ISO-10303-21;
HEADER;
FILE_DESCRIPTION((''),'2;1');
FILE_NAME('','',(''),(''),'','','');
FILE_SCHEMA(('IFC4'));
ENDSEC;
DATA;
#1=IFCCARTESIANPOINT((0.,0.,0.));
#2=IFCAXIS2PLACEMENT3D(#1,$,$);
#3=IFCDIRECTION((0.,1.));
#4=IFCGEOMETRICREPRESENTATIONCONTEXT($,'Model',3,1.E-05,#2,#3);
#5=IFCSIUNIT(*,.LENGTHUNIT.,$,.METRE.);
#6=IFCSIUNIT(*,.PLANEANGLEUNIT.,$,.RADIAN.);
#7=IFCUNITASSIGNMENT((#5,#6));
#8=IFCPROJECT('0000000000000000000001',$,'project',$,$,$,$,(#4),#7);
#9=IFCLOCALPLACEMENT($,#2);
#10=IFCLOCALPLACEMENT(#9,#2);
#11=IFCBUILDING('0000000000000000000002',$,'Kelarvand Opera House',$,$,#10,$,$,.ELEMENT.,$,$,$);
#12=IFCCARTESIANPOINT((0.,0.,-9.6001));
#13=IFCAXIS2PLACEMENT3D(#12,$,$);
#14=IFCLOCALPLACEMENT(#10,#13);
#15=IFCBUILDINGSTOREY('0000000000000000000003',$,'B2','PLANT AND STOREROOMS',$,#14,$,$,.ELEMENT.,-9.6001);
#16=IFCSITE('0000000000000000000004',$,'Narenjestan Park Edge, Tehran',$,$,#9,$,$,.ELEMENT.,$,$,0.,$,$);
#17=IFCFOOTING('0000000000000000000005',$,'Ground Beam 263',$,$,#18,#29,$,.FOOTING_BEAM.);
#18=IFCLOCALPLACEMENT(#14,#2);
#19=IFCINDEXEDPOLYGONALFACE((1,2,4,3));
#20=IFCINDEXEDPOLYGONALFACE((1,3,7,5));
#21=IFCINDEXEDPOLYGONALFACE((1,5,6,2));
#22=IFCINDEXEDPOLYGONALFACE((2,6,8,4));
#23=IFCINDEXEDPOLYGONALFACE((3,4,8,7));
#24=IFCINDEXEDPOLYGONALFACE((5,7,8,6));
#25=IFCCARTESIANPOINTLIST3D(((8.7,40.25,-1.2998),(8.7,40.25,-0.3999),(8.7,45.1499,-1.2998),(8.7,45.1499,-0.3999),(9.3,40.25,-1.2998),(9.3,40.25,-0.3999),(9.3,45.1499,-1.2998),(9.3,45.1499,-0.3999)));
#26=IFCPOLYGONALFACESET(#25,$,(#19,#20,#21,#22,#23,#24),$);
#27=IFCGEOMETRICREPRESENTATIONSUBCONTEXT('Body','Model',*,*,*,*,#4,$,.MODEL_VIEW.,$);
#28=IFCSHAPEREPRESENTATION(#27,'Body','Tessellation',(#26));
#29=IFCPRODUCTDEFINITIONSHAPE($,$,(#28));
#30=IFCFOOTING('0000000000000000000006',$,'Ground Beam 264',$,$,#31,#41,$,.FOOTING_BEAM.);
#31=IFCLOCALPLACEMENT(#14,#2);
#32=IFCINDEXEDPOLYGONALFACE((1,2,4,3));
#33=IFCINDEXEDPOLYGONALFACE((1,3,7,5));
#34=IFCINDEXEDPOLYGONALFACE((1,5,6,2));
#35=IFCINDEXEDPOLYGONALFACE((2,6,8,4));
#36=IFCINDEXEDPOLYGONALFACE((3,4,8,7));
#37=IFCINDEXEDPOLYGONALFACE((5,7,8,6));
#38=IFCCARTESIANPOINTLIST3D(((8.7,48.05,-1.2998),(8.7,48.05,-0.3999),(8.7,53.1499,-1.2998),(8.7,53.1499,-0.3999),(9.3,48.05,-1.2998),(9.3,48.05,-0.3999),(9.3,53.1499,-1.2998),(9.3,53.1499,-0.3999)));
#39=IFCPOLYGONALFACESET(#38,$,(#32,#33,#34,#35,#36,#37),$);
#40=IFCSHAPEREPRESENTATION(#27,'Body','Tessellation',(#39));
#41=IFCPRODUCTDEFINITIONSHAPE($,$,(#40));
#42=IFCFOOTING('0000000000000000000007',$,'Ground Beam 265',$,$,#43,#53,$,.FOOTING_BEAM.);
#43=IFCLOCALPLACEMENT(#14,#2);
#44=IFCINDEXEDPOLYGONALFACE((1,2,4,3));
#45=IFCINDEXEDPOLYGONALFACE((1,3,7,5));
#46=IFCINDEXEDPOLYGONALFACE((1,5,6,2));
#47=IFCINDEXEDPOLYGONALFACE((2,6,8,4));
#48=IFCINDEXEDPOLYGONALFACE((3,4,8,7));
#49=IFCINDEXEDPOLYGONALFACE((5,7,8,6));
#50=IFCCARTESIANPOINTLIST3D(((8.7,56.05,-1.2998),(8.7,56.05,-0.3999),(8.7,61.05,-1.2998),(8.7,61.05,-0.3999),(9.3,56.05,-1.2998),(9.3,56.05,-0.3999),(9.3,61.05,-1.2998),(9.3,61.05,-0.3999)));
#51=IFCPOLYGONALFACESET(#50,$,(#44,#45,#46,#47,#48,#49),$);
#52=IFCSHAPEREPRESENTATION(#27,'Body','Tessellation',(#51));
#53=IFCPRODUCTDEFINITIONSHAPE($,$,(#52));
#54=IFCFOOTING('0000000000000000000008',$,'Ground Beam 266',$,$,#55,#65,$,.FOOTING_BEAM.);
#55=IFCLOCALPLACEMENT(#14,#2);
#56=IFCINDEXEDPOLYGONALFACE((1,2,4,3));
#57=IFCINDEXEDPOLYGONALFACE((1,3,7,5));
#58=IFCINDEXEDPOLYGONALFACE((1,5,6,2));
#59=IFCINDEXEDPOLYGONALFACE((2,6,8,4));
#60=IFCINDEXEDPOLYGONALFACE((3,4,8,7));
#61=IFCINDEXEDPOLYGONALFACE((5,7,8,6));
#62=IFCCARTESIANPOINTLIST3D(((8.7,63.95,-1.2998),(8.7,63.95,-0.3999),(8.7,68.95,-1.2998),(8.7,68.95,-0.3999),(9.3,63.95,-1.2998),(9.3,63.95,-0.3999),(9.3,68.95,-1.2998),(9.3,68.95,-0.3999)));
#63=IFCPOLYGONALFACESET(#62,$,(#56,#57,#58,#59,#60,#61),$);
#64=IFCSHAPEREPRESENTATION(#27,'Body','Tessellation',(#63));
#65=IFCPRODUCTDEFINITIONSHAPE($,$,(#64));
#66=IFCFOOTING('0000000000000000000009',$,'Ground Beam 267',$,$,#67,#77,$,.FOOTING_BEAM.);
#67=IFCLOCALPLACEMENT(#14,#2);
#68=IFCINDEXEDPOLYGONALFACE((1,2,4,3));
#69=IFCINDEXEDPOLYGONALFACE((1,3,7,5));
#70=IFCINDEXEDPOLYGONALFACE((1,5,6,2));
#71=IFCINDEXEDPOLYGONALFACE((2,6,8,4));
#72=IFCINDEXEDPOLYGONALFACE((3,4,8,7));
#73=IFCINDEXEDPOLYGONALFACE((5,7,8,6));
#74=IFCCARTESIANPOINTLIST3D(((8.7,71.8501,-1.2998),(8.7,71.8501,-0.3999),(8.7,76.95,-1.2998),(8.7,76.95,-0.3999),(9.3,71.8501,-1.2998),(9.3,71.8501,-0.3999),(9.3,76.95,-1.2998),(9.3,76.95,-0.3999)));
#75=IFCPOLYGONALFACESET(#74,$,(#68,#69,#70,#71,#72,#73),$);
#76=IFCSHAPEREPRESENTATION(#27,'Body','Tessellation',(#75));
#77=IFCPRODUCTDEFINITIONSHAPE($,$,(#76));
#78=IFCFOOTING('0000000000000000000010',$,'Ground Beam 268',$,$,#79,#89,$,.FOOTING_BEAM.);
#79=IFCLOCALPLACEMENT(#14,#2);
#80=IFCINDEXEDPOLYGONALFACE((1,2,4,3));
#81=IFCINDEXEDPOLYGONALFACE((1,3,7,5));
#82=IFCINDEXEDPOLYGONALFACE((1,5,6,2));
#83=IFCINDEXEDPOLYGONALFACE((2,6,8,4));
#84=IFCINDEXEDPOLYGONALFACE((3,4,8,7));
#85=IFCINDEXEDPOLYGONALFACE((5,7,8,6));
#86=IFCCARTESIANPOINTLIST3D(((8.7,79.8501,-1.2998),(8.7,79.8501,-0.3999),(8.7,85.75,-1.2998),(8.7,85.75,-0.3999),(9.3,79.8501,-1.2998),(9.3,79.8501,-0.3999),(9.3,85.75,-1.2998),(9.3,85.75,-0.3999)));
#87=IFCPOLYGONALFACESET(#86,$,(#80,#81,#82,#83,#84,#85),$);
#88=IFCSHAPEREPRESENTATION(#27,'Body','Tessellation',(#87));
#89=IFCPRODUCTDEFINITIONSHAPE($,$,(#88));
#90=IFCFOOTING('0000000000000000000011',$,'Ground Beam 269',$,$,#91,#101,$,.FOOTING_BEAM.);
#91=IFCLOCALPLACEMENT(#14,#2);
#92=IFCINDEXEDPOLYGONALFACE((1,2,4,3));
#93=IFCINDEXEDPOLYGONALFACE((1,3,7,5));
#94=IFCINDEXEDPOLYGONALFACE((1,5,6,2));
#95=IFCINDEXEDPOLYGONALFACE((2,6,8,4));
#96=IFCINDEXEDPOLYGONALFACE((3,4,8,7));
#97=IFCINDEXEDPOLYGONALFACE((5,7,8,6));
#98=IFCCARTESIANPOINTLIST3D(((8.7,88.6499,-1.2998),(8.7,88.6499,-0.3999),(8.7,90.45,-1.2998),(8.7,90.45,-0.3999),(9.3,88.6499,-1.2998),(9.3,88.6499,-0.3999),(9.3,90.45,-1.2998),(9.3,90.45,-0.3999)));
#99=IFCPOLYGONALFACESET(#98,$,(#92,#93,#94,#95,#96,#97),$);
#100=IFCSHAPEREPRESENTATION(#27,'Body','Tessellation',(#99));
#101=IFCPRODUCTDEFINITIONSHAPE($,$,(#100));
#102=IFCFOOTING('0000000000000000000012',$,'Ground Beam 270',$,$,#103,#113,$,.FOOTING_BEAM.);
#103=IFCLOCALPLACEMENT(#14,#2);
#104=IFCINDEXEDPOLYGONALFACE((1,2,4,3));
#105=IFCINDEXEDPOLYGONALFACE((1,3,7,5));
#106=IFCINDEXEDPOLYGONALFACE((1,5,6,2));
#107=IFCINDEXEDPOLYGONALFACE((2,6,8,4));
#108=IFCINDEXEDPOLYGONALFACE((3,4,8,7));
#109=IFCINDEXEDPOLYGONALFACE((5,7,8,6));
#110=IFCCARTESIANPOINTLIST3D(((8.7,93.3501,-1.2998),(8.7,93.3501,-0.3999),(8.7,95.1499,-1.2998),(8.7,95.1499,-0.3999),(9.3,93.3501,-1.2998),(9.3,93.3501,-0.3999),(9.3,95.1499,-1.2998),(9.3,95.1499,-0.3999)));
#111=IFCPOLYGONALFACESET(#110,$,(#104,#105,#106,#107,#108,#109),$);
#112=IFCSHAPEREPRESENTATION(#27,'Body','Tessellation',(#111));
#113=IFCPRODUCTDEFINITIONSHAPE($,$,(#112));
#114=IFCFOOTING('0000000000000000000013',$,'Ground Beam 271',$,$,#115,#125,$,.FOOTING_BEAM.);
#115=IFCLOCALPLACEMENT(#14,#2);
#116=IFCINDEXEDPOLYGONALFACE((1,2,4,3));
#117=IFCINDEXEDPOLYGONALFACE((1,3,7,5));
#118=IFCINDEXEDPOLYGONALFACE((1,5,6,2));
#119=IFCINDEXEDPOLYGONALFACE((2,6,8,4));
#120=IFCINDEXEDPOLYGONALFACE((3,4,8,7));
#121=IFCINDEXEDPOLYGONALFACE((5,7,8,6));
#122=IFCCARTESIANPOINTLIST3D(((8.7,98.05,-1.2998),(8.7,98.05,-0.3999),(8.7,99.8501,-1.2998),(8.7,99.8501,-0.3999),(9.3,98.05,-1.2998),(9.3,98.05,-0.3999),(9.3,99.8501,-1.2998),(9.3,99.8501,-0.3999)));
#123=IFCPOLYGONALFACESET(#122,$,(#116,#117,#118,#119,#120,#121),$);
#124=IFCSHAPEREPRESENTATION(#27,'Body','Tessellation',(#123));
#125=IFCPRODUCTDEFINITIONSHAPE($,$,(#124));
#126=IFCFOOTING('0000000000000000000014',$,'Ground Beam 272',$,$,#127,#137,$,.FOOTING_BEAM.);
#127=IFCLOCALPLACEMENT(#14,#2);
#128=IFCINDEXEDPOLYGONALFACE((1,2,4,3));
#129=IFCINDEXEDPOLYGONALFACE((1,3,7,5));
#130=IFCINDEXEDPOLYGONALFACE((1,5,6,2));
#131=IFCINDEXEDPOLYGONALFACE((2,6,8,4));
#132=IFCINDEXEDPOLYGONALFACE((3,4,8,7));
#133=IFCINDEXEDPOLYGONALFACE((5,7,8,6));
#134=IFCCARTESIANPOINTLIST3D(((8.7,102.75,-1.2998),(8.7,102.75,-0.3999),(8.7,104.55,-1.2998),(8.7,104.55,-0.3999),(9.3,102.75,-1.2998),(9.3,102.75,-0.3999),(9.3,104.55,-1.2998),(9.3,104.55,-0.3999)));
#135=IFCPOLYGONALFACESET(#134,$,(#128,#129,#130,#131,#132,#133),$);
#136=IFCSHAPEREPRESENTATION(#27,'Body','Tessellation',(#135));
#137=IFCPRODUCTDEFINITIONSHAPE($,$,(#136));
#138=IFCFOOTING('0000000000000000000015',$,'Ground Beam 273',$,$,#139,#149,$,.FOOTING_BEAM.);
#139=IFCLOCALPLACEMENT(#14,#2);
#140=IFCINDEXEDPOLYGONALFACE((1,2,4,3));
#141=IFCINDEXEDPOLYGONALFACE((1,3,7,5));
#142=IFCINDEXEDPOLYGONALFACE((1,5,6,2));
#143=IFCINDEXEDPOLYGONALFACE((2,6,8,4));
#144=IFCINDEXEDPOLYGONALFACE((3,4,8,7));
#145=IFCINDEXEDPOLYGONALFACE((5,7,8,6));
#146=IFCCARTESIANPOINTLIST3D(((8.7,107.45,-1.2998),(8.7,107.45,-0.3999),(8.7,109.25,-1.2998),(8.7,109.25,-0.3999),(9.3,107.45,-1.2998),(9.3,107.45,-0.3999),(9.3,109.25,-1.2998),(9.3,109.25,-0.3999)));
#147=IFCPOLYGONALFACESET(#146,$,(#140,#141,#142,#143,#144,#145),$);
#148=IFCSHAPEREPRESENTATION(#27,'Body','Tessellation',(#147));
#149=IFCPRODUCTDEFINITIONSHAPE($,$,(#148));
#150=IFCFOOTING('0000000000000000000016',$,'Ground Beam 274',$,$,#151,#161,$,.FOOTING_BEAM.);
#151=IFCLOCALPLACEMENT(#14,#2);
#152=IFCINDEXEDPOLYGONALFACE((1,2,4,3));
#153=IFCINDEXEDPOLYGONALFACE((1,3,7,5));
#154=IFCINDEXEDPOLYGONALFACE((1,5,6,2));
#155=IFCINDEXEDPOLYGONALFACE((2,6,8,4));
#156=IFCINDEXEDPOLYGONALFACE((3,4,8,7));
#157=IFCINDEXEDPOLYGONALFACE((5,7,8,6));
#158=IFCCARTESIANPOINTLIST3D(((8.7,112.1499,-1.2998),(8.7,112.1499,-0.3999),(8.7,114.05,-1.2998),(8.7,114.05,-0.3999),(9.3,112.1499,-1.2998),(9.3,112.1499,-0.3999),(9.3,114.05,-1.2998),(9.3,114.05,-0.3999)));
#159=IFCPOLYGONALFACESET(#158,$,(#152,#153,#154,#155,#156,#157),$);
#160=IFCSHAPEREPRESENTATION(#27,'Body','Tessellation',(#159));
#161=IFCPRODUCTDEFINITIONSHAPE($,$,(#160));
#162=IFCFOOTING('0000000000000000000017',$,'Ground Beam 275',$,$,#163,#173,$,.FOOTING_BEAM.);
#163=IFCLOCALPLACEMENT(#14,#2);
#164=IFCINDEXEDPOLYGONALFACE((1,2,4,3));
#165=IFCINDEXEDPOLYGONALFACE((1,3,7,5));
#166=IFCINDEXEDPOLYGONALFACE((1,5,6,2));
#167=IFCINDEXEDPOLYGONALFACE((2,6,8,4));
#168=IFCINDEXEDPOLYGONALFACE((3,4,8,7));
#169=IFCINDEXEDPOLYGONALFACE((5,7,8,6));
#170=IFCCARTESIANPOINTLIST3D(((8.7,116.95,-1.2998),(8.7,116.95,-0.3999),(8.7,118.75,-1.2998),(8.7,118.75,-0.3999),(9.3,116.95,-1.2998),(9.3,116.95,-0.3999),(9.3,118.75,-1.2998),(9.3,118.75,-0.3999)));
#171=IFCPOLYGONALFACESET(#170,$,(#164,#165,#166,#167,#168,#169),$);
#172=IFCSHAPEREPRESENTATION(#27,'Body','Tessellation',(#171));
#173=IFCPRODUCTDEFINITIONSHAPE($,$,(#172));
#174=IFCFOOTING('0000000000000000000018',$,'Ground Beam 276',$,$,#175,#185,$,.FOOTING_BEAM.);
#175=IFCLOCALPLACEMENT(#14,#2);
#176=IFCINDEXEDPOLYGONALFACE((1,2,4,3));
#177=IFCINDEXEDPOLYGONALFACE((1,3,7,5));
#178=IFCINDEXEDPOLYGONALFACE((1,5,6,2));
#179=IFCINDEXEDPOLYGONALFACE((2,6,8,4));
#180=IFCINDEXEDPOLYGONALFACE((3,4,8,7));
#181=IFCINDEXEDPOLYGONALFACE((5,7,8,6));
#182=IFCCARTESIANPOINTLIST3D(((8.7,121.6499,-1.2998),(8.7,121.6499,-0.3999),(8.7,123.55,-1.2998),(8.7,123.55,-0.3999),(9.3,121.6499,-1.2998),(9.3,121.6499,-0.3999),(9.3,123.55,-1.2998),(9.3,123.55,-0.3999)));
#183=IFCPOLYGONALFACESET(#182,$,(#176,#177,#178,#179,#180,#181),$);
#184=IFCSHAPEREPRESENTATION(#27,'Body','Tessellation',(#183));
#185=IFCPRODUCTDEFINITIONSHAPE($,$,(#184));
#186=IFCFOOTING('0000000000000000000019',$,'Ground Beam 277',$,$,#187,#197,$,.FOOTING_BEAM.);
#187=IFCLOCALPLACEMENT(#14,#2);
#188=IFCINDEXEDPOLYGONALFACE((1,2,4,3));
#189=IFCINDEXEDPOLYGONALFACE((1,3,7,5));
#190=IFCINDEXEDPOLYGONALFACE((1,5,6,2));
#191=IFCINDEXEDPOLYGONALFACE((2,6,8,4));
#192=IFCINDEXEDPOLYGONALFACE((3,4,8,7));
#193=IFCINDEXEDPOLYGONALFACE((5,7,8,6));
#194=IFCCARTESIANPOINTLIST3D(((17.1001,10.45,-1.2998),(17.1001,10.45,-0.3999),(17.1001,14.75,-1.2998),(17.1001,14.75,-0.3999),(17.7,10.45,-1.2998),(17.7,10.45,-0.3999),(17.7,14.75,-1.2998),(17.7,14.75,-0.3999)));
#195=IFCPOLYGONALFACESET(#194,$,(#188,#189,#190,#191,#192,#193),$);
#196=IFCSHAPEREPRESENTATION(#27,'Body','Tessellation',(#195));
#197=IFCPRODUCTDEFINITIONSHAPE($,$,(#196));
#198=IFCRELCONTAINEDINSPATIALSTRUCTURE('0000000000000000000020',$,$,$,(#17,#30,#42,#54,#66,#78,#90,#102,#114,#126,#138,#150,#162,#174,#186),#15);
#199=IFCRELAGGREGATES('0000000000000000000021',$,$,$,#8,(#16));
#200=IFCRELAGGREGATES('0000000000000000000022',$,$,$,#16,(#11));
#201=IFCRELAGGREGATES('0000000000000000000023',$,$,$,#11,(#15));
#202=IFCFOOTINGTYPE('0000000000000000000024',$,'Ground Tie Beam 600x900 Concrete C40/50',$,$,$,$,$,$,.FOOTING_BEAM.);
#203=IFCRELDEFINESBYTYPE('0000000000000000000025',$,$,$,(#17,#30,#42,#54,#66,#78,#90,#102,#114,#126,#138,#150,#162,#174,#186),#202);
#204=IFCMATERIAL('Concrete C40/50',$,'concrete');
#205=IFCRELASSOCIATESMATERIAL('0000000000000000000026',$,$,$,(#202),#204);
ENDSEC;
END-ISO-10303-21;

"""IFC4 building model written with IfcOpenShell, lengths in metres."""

from ifc_helpers import new_model, si_unit, direction, frame, origin, place, context, subcontext, project, spatial, polyline, outline, extrude, material, type_object, element, save


model = new_model("IFC4")

# Units and contexts
model_context = context("Model", 3, precision=1e-05, world=origin(), true_north=direction((0.0, 1.0)))
body_context = subcontext(model_context, "Body", "Model", "MODEL_VIEW")
ifc_project = project(units=[si_unit("LENGTHUNIT", "METRE"), si_unit("PLANEANGLEUNIT", "RADIAN")], contexts=[model_context])

# Site, building, storey
site_placement = place(None, origin())
site = spatial("IfcSite", under=ifc_project, at=site_placement, Name="Narenjestan Park Edge, Tehran", CompositionType="ELEMENT", RefElevation=0.0)
building_placement = place(site_placement, origin())
building = spatial("IfcBuilding", under=site, at=building_placement, Name="Kelarvand Opera House", CompositionType="ELEMENT")
storey_placement = place(building_placement, frame((0.0, 0.0, -9.6001)))
storey = spatial("IfcBuildingStorey", under=building, at=storey_placement, Name="B2", Description="PLANT AND STOREROOMS", CompositionType="ELEMENT", Elevation=-9.6001)

# Footings
ifc_material = material(Name="Concrete C40/50", Category="concrete")
footing_type_1 = type_object("IfcFootingType", Name="Ground Tie Beam 600x900 Concrete C40/50", PredefinedType="FOOTING_BEAM", material=ifc_material)
footing_1_placement = place(storey_placement, frame((0.0, 0.0, -1.2998)))
element("IfcFooting", 1, at=footing_1_placement, inside=storey, type_object=footing_type_1, Name="Ground Beam 263", PredefinedType="FOOTING_BEAM", context=body_context, shape_type="SweptSolid", body=[
    extrude(outline(polyline([(8.7, 40.25), (9.3, 40.25), (9.3, 45.1499), (8.7, 45.1499), (8.7, 40.25)])), origin(), (0.0, 0.0, 1.0), 0.8999),
])
footing_2_placement = place(storey_placement, frame((0.0, 0.0, -1.2998)))
element("IfcFooting", 2, at=footing_2_placement, inside=storey, type_object=footing_type_1, Name="Ground Beam 264", PredefinedType="FOOTING_BEAM", context=body_context, shape_type="SweptSolid", body=[
    extrude(outline(polyline([(8.7, 48.05), (9.3, 48.05), (9.3, 53.1499), (8.7, 53.1499), (8.7, 48.05)])), origin(), (0.0, 0.0, 1.0), 0.8999),
])
footing_3_placement = place(storey_placement, frame((0.0, 0.0, -1.2998)))
element("IfcFooting", 3, at=footing_3_placement, inside=storey, type_object=footing_type_1, Name="Ground Beam 265", PredefinedType="FOOTING_BEAM", context=body_context, shape_type="SweptSolid", body=[
    extrude(outline(polyline([(8.7, 56.05), (9.3, 56.05), (9.3, 61.05), (8.7, 61.05), (8.7, 56.05)])), origin(), (0.0, 0.0, 1.0), 0.8999),
])
footing_4_placement = place(storey_placement, frame((0.0, 0.0, -1.2998)))
element("IfcFooting", 4, at=footing_4_placement, inside=storey, type_object=footing_type_1, Name="Ground Beam 266", PredefinedType="FOOTING_BEAM", context=body_context, shape_type="SweptSolid", body=[
    extrude(outline(polyline([(8.7, 63.95), (9.3, 63.95), (9.3, 68.95), (8.7, 68.95), (8.7, 63.95)])), origin(), (0.0, 0.0, 1.0), 0.8999),
])
footing_5_placement = place(storey_placement, frame((0.0, 0.0, -1.2998)))
element("IfcFooting", 5, at=footing_5_placement, inside=storey, type_object=footing_type_1, Name="Ground Beam 267", PredefinedType="FOOTING_BEAM", context=body_context, shape_type="SweptSolid", body=[
    extrude(outline(polyline([(8.7, 71.8501), (9.3, 71.8501), (9.3, 76.95), (8.7, 76.95), (8.7, 71.8501)])), origin(), (0.0, 0.0, 1.0), 0.8999),
])
footing_6_placement = place(storey_placement, frame((0.0, 0.0, -1.2998)))
element("IfcFooting", 6, at=footing_6_placement, inside=storey, type_object=footing_type_1, Name="Ground Beam 268", PredefinedType="FOOTING_BEAM", context=body_context, shape_type="SweptSolid", body=[
    extrude(outline(polyline([(8.7, 79.8501), (9.3, 79.8501), (9.3, 85.75), (8.7, 85.75), (8.7, 79.8501)])), origin(), (0.0, 0.0, 1.0), 0.8999),
])
footing_7_placement = place(storey_placement, frame((0.0, 0.0, -1.2998)))
element("IfcFooting", 7, at=footing_7_placement, inside=storey, type_object=footing_type_1, Name="Ground Beam 269", PredefinedType="FOOTING_BEAM", context=body_context, shape_type="SweptSolid", body=[
    extrude(outline(polyline([(8.7, 88.6499), (9.3, 88.6499), (9.3, 90.45), (8.7, 90.45), (8.7, 88.6499)])), origin(), (0.0, 0.0, 1.0), 0.8999),
])
footing_8_placement = place(storey_placement, frame((0.0, 0.0, -1.2998)))
element("IfcFooting", 8, at=footing_8_placement, inside=storey, type_object=footing_type_1, Name="Ground Beam 270", PredefinedType="FOOTING_BEAM", context=body_context, shape_type="SweptSolid", body=[
    extrude(outline(polyline([(8.7, 93.3501), (9.3, 93.3501), (9.3, 95.1499), (8.7, 95.1499), (8.7, 93.3501)])), origin(), (0.0, 0.0, 1.0), 0.8999),
])
footing_9_placement = place(storey_placement, frame((0.0, 0.0, -1.2998)))
element("IfcFooting", 9, at=footing_9_placement, inside=storey, type_object=footing_type_1, Name="Ground Beam 271", PredefinedType="FOOTING_BEAM", context=body_context, shape_type="SweptSolid", body=[
    extrude(outline(polyline([(8.7, 98.05), (9.3, 98.05), (9.3, 99.8501), (8.7, 99.8501), (8.7, 98.05)])), origin(), (0.0, 0.0, 1.0), 0.8999),
])
footing_10_placement = place(storey_placement, frame((0.0, 0.0, -1.2998)))
element("IfcFooting", 10, at=footing_10_placement, inside=storey, type_object=footing_type_1, Name="Ground Beam 272", PredefinedType="FOOTING_BEAM", context=body_context, shape_type="SweptSolid", body=[
    extrude(outline(polyline([(8.7, 102.75), (9.3, 102.75), (9.3, 104.55), (8.7, 104.55), (8.7, 102.75)])), origin(), (0.0, 0.0, 1.0), 0.8999),
])
footing_11_placement = place(storey_placement, frame((0.0, 0.0, -1.2998)))
element("IfcFooting", 11, at=footing_11_placement, inside=storey, type_object=footing_type_1, Name="Ground Beam 273", PredefinedType="FOOTING_BEAM", context=body_context, shape_type="SweptSolid", body=[
    extrude(outline(polyline([(8.7, 107.45), (9.3, 107.45), (9.3, 109.25), (8.7, 109.25), (8.7, 107.45)])), origin(), (0.0, 0.0, 1.0), 0.8999),
])
footing_12_placement = place(storey_placement, frame((0.0, 0.0, -1.2998)))
element("IfcFooting", 12, at=footing_12_placement, inside=storey, type_object=footing_type_1, Name="Ground Beam 274", PredefinedType="FOOTING_BEAM", context=body_context, shape_type="SweptSolid", body=[
    extrude(outline(polyline([(8.7, 112.1499), (9.3, 112.1499), (9.3, 114.05), (8.7, 114.05), (8.7, 112.1499)])), origin(), (0.0, 0.0, 1.0), 0.8999),
])
footing_13_placement = place(storey_placement, frame((0.0, 0.0, -1.2998)))
element("IfcFooting", 13, at=footing_13_placement, inside=storey, type_object=footing_type_1, Name="Ground Beam 275", PredefinedType="FOOTING_BEAM", context=body_context, shape_type="SweptSolid", body=[
    extrude(outline(polyline([(8.7, 116.95), (9.3, 116.95), (9.3, 118.75), (8.7, 118.75), (8.7, 116.95)])), origin(), (0.0, 0.0, 1.0), 0.8999),
])
footing_14_placement = place(storey_placement, frame((0.0, 0.0, -1.2998)))
element("IfcFooting", 14, at=footing_14_placement, inside=storey, type_object=footing_type_1, Name="Ground Beam 276", PredefinedType="FOOTING_BEAM", context=body_context, shape_type="SweptSolid", body=[
    extrude(outline(polyline([(8.7, 121.6499), (9.3, 121.6499), (9.3, 123.55), (8.7, 123.55), (8.7, 121.6499)])), origin(), (0.0, 0.0, 1.0), 0.8999),
])
footing_15_placement = place(storey_placement, frame((0.0, 0.0, -1.2998)))
element("IfcFooting", 15, at=footing_15_placement, inside=storey, type_object=footing_type_1, Name="Ground Beam 277", PredefinedType="FOOTING_BEAM", context=body_context, shape_type="SweptSolid", body=[
    extrude(outline(polyline([(17.1001, 10.45), (17.7, 10.45), (17.7, 14.75), (17.1001, 14.75), (17.1001, 10.45)])), origin(), (0.0, 0.0, 1.0), 0.8999),
])

save(model, "model.ifc")
